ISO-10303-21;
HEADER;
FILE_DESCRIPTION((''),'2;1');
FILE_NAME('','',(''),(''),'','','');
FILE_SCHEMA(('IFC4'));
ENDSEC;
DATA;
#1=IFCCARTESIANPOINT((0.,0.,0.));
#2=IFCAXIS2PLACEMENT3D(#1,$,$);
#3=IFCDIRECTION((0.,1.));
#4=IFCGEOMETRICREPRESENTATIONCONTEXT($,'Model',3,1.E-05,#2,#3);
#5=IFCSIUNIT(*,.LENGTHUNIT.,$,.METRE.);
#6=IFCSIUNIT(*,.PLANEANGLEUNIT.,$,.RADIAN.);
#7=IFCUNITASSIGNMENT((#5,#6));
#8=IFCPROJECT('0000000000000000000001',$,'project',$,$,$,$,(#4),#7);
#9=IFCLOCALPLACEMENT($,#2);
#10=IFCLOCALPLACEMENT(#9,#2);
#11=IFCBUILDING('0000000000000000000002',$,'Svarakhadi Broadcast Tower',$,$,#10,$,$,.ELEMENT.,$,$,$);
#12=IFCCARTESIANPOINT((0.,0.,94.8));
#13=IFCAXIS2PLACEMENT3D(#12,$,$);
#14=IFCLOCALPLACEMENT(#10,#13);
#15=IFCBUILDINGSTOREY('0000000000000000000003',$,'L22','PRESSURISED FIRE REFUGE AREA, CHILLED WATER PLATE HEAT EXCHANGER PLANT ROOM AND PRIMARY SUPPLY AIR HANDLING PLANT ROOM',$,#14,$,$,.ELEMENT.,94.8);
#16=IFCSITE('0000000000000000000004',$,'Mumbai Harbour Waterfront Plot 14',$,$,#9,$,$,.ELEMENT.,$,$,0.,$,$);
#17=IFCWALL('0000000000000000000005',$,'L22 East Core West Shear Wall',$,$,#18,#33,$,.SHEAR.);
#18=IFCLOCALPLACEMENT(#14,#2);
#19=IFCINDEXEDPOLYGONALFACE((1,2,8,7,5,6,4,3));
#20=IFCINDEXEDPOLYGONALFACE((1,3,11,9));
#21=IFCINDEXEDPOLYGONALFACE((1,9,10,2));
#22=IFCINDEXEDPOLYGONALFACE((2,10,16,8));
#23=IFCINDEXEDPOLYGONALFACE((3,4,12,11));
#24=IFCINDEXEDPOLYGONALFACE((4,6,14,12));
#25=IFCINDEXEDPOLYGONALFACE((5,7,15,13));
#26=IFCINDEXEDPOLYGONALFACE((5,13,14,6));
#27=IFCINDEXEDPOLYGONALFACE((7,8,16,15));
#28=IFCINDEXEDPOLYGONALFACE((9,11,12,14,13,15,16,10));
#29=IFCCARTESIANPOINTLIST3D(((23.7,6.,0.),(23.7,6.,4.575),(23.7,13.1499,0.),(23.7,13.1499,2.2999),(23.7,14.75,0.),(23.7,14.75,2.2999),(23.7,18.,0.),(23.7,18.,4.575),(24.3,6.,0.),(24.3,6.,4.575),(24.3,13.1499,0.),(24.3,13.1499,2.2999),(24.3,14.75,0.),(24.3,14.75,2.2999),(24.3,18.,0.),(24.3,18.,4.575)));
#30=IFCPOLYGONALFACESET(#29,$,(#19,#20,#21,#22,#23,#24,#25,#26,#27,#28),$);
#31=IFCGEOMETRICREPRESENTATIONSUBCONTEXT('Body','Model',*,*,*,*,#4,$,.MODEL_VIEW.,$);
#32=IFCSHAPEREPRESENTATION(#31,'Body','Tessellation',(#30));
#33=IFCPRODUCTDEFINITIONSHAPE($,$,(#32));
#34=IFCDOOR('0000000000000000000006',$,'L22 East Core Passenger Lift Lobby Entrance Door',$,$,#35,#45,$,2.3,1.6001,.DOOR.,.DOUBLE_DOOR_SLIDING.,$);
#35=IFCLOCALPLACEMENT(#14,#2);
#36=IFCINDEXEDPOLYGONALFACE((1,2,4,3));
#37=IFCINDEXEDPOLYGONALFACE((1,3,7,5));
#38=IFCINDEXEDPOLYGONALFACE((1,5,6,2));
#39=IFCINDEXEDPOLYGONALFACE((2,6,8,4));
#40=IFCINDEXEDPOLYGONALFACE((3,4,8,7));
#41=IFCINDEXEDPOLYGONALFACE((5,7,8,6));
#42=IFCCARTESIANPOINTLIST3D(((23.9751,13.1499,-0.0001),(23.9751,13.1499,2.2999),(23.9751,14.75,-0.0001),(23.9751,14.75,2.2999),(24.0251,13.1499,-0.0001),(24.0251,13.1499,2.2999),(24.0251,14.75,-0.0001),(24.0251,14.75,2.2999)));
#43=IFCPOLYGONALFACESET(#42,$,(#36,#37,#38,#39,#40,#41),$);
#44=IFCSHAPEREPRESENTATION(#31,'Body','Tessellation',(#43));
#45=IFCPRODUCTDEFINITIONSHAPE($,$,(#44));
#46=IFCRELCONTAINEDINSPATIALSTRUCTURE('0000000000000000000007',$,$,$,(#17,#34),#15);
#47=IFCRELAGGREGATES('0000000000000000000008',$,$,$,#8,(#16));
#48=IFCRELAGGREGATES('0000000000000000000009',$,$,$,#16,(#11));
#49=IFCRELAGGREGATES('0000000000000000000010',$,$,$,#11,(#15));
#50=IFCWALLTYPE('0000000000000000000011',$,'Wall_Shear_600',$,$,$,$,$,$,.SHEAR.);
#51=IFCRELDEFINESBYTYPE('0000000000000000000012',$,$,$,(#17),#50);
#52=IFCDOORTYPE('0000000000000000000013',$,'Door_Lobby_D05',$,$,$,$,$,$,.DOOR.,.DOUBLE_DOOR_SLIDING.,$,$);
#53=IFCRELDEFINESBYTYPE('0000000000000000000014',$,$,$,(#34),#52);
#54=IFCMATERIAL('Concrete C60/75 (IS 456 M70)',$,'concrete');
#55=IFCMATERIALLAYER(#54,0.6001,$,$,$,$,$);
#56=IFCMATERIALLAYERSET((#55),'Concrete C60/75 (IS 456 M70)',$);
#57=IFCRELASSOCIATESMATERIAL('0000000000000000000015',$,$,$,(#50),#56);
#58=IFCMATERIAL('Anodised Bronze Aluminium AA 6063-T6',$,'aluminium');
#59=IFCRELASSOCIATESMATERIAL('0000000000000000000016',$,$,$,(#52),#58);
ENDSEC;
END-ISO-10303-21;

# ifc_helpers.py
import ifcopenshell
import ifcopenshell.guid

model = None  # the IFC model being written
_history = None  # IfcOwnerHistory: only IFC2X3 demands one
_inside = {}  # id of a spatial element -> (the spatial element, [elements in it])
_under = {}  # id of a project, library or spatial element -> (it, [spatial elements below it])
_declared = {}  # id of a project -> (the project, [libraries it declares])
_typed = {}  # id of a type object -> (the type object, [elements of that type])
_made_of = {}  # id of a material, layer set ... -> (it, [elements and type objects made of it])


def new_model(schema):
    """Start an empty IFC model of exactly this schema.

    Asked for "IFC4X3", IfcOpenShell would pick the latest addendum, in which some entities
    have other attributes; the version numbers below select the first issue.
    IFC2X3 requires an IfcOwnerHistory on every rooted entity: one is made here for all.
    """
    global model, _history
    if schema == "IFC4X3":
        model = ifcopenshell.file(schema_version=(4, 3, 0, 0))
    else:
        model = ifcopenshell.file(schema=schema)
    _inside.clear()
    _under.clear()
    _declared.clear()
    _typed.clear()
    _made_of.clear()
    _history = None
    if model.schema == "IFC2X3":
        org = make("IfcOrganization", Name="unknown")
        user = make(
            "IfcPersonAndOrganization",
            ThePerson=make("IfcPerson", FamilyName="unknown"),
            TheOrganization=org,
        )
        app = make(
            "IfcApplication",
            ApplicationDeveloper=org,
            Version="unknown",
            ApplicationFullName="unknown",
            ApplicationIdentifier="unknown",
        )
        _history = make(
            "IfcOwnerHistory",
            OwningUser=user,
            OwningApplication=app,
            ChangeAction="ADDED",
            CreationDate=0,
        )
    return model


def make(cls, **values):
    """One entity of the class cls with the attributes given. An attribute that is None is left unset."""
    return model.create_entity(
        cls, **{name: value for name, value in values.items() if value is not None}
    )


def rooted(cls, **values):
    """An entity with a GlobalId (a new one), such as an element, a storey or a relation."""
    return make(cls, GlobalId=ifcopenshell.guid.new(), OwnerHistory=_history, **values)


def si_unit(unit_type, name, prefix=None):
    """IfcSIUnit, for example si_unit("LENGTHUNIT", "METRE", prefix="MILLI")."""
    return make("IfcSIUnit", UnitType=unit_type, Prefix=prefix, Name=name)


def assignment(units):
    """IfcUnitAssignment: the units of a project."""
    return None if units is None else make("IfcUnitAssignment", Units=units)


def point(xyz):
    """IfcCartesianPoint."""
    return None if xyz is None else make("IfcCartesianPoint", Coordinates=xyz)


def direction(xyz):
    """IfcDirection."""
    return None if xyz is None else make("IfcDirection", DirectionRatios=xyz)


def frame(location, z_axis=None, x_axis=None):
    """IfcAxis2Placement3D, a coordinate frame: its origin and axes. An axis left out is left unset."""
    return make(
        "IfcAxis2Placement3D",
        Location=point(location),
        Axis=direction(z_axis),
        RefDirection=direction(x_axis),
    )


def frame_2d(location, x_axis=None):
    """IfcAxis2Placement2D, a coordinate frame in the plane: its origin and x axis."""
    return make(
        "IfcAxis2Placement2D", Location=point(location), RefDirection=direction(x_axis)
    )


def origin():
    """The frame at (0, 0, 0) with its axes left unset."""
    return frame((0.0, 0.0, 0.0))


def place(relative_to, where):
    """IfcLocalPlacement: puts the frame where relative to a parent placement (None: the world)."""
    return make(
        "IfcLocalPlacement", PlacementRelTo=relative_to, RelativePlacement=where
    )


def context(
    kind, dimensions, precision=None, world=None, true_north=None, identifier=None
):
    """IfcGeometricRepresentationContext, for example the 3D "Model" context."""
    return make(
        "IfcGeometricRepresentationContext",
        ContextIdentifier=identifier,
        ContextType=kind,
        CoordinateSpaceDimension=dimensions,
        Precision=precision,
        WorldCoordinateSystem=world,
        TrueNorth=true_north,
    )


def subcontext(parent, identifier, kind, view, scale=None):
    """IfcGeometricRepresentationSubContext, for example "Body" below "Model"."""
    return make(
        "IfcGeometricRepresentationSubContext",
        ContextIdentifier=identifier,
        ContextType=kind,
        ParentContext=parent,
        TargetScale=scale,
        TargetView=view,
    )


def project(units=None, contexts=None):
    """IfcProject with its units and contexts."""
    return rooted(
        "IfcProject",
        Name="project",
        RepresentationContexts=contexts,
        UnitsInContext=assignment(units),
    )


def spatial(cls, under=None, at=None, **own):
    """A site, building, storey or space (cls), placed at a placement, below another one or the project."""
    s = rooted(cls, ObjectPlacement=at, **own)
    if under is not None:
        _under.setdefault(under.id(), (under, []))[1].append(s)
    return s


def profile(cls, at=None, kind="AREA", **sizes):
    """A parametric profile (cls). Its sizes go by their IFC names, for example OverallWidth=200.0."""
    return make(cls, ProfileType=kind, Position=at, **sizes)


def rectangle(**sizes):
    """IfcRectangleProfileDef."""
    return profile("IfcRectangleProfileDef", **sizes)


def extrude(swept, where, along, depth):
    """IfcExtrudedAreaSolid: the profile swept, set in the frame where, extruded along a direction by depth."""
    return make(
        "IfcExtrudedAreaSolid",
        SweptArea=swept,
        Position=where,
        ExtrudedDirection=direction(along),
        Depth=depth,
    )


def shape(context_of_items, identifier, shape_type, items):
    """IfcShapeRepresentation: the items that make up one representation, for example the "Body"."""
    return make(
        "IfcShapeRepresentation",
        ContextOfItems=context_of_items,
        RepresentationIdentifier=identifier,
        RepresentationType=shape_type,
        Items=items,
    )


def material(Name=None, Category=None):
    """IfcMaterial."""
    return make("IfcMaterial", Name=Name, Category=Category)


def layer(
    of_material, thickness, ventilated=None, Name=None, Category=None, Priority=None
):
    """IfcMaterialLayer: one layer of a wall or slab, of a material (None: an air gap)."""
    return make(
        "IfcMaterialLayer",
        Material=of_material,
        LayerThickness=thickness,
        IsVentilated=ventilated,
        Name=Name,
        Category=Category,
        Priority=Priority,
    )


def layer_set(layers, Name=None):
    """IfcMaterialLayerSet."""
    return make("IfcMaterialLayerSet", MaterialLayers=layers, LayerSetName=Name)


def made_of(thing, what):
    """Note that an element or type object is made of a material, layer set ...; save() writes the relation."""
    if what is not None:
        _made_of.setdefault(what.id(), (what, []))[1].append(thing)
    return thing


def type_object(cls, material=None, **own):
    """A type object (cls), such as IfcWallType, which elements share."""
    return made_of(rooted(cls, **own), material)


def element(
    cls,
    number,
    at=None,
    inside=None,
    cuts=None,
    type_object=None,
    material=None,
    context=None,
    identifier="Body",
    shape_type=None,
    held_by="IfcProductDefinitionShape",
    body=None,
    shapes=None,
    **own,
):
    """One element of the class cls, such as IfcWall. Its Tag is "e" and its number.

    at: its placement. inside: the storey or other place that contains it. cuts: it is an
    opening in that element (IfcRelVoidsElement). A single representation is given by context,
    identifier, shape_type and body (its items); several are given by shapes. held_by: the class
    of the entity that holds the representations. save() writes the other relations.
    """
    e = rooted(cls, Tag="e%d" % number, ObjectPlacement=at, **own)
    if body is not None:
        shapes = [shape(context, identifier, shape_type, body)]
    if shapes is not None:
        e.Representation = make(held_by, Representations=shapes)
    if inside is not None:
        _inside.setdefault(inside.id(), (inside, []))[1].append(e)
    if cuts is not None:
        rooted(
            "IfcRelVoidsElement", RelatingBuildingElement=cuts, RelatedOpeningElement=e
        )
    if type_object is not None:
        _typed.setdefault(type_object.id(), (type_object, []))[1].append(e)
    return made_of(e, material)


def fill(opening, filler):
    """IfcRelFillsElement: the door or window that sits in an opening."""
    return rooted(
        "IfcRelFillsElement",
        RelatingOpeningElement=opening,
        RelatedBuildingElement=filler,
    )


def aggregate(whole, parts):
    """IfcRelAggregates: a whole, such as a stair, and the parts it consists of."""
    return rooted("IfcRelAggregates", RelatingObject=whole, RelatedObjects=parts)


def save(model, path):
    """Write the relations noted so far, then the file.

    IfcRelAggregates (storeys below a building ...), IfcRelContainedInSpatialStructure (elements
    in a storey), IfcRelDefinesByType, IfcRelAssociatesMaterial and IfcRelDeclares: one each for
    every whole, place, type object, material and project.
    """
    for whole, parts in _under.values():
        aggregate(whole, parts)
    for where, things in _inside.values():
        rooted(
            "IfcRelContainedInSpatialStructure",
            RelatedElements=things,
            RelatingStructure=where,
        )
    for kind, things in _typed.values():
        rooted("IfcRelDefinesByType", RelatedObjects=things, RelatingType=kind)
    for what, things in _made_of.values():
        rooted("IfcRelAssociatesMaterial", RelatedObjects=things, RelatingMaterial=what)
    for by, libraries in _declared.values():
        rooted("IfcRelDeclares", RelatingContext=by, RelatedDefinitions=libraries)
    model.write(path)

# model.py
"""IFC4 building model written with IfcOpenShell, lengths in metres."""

from ifc_helpers import new_model, si_unit, direction, frame, frame_2d, origin, place, context, subcontext, project, spatial, rectangle, extrude, material, layer, layer_set, type_object, element, fill, save


model = new_model("IFC4")

# Units and contexts
model_context = context("Model", 3, precision=1e-05, world=origin(), true_north=direction((0.0, 1.0)))
body_context = subcontext(model_context, "Body", "Model", "MODEL_VIEW")
ifc_project = project(units=[si_unit("LENGTHUNIT", "METRE"), si_unit("PLANEANGLEUNIT", "RADIAN")], contexts=[model_context])

# Site, building, storey
site_placement = place(None, origin())
site = spatial("IfcSite", under=ifc_project, at=site_placement, Name="Mumbai Harbour Waterfront Plot 14", CompositionType="ELEMENT", RefElevation=0.0)
building_placement = place(site_placement, origin())
building = spatial("IfcBuilding", under=site, at=building_placement, Name="Svarakhadi Broadcast Tower", CompositionType="ELEMENT")
storey_placement = place(building_placement, frame((0.0, 0.0, 94.8)))
storey = spatial("IfcBuildingStorey", under=building, at=storey_placement, Name="L22", Description="PRESSURISED FIRE REFUGE AREA, CHILLED WATER PLATE HEAT EXCHANGER PLANT ROOM AND PRIMARY SUPPLY AIR HANDLING PLANT ROOM", CompositionType="ELEMENT", Elevation=94.8)

# Shared definitions
ifc_material_1 = material(Name="Concrete C60/75 (IS 456 M70)", Category="concrete")

# Shared definitions
ifc_layer_1 = layer(ifc_material_1, 0.6001)
ifc_layer_set_1 = layer_set([ifc_layer_1], Name="Concrete C60/75 (IS 456 M70)")
wall_type_1 = type_object("IfcWallType", Name="Wall_Shear_600", PredefinedType="SHEAR", material=ifc_layer_set_1)

# Wall, opening, door
wall_1_placement = place(storey_placement, frame((24.0, 6.0, 0.0), z_axis=(0.0, 0.0, 1.0), x_axis=(0.0, 1.0, 0.0)))
wall_1 = element("IfcWall", 1, at=wall_1_placement, inside=storey, type_object=wall_type_1, Name="L22 East Core West Shear Wall", PredefinedType="SHEAR", context=body_context, shape_type="SweptSolid", body=[
    extrude(rectangle(XDim=12.0, YDim=0.6001, at=frame_2d((6.0, 0.0))), origin(), (0.0, 0.0, 1.0), 4.575),
])
opening_1_placement = place(wall_1_placement, frame((7.1499, 0.0, 0.0)))
opening_1 = element("IfcOpeningElement", 2, at=opening_1_placement, cuts=wall_1, PredefinedType="OPENING", context=body_context, shape_type="SweptSolid", body=[
    extrude(rectangle(XDim=1.6001, YDim=2.3, at=frame_2d((0.8, 1.1499))), frame((0.0, 0.3101, 0.0), z_axis=(0.0, -1.0, 0.0), x_axis=(1.0, 0.0, 0.0)), (0.0, 0.0, 1.0), 0.6201),
])
ifc_material_2 = material(Name="Anodised Bronze Aluminium AA 6063-T6", Category="aluminium")
door_type_1 = type_object("IfcDoorType", Name="Door_Lobby_D05", OperationType="DOUBLE_DOOR_SLIDING", PredefinedType="DOOR", material=ifc_material_2)
door_1_placement = place(opening_1_placement, origin())
door_1 = element("IfcDoor", 3, at=door_1_placement, inside=storey, type_object=door_type_1, Name="L22 East Core Passenger Lift Lobby Entrance Door", OperationType="DOUBLE_DOOR_SLIDING", OverallHeight=2.3, OverallWidth=1.6001, PredefinedType="DOOR", context=body_context, shape_type="SweptSolid", body=[
    extrude(rectangle(XDim=1.6001, YDim=2.3, at=frame_2d((0.8, 1.1499))), frame((0.0, 0.0249, 0.0), z_axis=(0.0, -1.0, 0.0), x_axis=(1.0, 0.0, 0.0)), (0.0, 0.0, 1.0), 0.05),
])
fill(opening_1, door_1)

save(model, "model.ifc")
